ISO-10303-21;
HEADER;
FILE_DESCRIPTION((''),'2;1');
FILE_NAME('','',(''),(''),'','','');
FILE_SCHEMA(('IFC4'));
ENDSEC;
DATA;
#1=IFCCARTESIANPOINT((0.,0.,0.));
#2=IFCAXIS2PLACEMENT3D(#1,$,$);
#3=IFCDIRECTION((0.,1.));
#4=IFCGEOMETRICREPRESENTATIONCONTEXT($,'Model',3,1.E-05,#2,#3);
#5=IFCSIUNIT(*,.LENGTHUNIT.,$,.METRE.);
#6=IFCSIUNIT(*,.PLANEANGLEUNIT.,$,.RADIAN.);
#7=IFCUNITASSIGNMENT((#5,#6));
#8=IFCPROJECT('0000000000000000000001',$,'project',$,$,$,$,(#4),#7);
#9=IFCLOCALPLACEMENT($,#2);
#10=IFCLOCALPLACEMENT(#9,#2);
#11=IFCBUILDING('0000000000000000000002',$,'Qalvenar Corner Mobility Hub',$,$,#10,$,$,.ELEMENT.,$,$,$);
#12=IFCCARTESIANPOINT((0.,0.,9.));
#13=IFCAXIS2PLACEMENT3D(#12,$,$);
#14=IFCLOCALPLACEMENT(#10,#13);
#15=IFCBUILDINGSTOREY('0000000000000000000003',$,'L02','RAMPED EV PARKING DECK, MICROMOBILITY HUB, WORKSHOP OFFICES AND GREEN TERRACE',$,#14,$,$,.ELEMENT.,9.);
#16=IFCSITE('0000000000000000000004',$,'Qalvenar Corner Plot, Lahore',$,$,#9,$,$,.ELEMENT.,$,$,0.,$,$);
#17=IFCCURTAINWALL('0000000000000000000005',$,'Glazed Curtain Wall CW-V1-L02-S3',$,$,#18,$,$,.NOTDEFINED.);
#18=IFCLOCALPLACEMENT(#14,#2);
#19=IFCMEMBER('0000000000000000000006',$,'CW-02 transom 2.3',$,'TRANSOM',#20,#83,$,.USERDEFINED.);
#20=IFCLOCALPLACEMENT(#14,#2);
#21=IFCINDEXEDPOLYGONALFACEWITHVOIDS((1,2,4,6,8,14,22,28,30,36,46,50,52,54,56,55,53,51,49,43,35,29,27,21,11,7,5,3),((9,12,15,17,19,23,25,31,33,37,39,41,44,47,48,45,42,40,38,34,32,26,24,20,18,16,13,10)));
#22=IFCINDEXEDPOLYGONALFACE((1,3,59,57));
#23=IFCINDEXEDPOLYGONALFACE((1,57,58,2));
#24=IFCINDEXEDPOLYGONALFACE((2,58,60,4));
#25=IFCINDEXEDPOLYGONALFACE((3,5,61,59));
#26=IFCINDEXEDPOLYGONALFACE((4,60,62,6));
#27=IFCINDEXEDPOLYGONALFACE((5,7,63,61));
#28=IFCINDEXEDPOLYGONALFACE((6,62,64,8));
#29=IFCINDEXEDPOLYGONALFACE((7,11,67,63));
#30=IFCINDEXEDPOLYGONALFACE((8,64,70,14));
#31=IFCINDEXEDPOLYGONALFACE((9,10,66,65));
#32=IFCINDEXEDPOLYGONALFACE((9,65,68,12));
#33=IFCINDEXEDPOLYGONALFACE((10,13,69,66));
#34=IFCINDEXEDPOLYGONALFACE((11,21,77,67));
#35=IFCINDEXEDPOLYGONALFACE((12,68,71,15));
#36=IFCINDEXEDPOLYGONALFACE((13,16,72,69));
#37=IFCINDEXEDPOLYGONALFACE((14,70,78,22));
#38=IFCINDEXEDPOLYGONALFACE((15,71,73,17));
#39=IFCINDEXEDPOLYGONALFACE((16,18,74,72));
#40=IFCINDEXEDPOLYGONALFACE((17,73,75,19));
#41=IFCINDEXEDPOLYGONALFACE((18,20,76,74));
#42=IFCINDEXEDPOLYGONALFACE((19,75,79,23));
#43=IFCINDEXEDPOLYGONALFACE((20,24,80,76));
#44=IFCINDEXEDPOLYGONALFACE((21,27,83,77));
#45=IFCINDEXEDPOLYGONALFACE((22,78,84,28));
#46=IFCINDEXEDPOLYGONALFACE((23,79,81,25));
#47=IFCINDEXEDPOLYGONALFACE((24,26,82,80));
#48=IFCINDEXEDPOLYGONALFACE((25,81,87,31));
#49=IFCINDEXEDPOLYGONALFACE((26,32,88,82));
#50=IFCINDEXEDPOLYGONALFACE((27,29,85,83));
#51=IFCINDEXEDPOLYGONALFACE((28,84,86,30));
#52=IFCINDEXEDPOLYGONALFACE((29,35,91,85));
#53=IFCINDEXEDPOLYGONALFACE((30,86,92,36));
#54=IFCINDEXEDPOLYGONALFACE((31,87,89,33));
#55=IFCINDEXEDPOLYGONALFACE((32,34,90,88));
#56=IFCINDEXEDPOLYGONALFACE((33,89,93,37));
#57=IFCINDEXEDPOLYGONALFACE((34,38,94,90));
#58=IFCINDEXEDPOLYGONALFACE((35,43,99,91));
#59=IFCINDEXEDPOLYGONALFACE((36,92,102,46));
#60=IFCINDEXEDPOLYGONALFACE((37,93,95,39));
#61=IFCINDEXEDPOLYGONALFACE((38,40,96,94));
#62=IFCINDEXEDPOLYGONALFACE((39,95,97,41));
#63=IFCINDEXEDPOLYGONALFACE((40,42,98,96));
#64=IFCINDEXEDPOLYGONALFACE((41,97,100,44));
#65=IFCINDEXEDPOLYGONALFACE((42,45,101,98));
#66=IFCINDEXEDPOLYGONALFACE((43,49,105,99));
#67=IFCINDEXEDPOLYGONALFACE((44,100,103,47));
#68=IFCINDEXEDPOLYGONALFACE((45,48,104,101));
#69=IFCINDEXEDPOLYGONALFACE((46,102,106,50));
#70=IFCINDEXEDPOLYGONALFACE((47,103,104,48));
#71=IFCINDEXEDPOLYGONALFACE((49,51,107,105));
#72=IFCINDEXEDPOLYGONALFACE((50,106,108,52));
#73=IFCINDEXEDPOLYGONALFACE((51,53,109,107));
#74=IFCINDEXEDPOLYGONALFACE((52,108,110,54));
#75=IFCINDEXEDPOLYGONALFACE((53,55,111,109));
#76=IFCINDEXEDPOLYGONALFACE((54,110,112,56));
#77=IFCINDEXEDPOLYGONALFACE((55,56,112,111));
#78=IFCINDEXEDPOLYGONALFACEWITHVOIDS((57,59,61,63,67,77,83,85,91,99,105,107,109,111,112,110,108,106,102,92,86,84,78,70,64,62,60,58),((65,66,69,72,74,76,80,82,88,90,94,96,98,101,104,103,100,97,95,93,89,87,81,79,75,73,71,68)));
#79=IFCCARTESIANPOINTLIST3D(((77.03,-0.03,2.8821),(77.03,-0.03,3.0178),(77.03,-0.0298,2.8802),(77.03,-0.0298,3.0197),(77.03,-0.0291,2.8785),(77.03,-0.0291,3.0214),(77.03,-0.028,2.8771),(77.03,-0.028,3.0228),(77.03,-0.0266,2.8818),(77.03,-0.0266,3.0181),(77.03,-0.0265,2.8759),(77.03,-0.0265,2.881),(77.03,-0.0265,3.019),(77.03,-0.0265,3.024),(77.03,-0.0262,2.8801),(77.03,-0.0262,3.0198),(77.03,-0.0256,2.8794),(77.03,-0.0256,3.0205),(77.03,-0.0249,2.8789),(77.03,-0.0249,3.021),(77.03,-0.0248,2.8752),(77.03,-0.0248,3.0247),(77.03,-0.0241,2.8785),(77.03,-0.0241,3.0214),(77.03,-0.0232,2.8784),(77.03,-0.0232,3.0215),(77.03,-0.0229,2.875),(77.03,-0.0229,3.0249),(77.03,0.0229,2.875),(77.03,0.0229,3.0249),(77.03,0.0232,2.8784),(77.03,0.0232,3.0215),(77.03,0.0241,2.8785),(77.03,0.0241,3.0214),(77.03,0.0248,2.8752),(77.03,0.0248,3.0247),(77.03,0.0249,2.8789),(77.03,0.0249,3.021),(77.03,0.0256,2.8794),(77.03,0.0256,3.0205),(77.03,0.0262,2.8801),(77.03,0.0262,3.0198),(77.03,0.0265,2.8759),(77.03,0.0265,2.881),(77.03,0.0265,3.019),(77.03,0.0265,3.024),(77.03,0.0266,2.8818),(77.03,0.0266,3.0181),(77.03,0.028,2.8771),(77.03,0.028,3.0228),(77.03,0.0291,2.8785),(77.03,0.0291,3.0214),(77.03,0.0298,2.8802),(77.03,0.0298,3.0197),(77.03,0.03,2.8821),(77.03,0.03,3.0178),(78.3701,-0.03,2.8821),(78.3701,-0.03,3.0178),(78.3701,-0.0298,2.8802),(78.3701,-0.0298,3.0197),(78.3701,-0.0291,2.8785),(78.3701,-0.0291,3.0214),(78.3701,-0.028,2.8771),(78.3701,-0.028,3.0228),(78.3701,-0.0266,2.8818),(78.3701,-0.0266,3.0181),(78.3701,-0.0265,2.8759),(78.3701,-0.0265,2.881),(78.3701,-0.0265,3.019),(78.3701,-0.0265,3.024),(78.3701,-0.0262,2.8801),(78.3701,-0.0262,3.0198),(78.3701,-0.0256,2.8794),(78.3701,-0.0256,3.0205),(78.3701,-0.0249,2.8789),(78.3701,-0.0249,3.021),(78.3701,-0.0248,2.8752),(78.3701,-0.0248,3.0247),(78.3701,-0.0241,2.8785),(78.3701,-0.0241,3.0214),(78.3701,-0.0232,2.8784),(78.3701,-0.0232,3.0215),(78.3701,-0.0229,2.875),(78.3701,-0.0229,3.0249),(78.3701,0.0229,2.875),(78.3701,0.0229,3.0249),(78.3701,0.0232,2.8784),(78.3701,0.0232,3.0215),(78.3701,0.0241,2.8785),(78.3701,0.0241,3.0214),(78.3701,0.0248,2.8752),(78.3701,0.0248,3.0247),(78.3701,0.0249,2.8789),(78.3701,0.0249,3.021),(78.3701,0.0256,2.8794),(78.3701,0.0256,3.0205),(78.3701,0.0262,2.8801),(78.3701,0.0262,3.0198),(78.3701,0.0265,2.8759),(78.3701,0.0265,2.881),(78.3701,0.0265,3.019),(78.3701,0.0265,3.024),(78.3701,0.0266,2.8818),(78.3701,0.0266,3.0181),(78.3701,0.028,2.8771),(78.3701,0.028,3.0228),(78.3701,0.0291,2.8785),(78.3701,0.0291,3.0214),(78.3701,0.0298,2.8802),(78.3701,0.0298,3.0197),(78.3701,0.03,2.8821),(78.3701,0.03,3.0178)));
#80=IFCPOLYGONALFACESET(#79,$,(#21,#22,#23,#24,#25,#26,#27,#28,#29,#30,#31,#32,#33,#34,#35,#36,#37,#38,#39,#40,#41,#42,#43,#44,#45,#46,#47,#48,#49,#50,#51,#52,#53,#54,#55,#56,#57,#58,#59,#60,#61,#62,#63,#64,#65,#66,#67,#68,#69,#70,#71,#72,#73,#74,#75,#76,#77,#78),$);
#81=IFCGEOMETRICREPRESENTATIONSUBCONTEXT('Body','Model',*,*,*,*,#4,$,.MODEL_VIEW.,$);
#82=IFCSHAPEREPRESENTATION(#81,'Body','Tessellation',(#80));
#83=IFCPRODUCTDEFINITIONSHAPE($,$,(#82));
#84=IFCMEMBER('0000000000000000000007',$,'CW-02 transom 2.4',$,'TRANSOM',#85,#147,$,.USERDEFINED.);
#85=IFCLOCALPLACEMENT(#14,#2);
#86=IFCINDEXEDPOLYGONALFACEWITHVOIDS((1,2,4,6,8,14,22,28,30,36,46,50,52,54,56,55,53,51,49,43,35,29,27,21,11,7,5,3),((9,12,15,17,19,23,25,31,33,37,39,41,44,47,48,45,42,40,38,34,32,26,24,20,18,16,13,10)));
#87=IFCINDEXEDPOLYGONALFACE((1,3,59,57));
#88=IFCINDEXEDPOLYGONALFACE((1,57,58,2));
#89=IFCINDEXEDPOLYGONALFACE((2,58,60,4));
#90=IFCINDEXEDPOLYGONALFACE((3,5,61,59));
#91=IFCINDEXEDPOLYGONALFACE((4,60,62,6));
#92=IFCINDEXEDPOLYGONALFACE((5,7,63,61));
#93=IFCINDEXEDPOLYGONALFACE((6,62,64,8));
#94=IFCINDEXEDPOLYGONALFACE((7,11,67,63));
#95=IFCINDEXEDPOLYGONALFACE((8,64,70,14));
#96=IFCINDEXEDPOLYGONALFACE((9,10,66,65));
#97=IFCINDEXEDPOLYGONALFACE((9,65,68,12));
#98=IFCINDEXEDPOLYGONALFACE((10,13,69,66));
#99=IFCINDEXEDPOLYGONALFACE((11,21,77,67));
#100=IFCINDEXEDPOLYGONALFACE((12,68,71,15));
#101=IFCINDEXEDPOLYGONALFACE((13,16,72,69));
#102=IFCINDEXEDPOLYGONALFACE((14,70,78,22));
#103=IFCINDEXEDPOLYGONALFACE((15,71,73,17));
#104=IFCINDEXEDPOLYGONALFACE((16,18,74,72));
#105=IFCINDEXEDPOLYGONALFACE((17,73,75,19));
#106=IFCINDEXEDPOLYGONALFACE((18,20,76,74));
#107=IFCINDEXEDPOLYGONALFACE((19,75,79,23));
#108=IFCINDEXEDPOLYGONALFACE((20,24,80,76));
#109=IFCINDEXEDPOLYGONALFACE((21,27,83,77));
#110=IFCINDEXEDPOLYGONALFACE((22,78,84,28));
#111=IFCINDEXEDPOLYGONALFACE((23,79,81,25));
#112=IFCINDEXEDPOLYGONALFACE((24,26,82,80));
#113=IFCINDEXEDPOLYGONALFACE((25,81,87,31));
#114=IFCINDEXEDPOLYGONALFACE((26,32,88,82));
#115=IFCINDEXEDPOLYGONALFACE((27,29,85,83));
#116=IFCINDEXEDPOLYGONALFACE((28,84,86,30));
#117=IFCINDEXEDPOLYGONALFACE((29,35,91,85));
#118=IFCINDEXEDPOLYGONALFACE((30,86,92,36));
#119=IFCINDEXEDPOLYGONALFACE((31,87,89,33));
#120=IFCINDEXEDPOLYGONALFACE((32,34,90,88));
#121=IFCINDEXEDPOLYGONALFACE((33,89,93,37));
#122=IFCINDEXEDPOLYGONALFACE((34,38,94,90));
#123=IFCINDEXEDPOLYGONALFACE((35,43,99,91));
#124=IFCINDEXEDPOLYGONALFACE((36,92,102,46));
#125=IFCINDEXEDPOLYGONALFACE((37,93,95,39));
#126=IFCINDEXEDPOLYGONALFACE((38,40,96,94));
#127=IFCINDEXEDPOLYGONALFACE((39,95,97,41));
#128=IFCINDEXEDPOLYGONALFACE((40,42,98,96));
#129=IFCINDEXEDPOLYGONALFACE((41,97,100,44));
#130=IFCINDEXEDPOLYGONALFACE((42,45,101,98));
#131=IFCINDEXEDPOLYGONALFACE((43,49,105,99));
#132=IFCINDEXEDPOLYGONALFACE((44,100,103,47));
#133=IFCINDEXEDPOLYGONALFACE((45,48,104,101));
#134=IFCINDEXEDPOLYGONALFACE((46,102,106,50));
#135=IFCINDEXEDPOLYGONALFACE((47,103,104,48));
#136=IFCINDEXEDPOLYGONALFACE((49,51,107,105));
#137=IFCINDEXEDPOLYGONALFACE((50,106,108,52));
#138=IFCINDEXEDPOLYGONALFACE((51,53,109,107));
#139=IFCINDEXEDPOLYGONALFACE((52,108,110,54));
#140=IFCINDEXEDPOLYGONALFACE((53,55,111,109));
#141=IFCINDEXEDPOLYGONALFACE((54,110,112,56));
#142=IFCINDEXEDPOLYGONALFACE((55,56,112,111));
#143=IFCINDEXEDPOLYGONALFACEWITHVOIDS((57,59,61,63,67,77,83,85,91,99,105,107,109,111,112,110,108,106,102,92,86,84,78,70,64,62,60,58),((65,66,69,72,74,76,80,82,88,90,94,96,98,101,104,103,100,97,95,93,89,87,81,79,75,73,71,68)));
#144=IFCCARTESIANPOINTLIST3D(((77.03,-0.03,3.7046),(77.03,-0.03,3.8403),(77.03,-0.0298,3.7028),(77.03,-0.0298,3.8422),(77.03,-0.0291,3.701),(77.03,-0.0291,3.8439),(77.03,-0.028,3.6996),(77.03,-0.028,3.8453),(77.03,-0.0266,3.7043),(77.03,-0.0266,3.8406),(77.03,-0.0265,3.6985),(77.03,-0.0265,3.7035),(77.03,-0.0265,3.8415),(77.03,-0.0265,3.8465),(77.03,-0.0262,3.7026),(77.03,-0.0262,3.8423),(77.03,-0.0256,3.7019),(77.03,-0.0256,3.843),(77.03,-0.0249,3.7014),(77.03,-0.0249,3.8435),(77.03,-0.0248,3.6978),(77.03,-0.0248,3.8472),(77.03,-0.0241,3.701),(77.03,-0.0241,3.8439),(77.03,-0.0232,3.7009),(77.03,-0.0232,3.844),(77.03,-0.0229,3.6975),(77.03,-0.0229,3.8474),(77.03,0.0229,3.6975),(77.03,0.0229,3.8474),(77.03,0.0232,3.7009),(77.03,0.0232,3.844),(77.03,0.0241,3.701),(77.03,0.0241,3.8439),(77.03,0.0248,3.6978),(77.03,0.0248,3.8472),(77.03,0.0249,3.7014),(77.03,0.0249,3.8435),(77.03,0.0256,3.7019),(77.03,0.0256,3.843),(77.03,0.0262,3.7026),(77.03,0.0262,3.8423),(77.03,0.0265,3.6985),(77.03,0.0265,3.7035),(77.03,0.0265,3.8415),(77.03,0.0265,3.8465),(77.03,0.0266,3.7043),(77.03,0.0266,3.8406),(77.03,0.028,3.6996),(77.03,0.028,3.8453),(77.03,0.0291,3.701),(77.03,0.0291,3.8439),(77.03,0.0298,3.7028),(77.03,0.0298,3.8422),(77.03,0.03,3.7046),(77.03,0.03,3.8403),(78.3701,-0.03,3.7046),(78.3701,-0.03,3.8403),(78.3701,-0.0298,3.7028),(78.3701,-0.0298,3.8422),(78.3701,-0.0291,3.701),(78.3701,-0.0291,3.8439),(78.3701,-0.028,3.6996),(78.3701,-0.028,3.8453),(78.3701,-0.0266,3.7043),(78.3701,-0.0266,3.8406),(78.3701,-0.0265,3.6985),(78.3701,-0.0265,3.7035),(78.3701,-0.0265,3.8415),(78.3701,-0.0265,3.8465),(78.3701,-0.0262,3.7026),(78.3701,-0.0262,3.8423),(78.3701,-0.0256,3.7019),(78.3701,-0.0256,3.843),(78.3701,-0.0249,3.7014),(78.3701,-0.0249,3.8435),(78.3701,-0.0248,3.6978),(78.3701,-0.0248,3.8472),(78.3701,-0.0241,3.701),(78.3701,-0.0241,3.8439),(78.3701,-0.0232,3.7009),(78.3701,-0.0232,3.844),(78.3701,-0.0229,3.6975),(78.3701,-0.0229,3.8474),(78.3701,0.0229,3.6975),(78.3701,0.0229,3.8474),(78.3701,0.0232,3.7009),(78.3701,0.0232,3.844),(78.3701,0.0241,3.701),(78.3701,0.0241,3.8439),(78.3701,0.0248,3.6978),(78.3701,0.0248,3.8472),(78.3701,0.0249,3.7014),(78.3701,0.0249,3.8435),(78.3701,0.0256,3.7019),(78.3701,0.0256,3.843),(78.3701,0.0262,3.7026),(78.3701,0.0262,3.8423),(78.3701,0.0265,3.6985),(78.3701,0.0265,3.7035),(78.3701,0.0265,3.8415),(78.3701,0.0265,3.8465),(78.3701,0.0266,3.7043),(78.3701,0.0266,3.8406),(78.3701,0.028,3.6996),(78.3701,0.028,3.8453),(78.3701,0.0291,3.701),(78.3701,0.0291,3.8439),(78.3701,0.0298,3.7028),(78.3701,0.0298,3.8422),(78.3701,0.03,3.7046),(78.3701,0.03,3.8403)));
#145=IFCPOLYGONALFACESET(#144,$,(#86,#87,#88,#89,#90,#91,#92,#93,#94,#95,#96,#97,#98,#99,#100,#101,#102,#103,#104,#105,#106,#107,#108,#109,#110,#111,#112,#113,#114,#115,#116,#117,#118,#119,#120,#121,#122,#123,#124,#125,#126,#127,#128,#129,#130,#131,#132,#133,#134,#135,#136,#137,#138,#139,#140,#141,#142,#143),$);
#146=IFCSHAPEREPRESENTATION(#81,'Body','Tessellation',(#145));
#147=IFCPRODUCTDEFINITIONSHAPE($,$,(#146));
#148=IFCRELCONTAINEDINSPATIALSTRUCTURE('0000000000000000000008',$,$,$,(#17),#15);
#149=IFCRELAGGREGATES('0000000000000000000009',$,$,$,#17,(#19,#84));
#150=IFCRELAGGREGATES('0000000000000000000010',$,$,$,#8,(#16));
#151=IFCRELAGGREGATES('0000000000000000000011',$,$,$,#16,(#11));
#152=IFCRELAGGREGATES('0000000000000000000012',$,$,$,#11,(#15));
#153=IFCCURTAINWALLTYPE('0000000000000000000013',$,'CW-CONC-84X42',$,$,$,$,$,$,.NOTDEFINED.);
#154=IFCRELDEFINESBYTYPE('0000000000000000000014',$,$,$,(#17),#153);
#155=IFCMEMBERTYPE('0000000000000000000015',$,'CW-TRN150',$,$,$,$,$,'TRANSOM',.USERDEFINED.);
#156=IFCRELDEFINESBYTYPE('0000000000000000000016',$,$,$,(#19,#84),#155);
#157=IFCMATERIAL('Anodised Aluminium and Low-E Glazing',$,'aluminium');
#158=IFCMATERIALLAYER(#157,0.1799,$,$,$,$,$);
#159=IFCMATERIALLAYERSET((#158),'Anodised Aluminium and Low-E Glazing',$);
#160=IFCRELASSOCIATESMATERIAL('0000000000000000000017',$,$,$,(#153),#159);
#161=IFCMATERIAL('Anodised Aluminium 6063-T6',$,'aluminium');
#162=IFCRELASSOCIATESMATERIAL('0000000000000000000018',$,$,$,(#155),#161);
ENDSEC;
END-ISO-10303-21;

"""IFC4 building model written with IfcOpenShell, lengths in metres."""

from ifc_helpers import new_model, si_unit, direction, frame, origin, origin_2d, place, context, subcontext, project, spatial, hollow_rectangle, extrude, material, layer, layer_set, material_profile, profile_set, type_object, element, aggregate, save


model = new_model("IFC4")

# Units and contexts
model_context = context("Model", 3, precision=1e-05, world=origin(), true_north=direction((0.0, 1.0)))
body_context = subcontext(model_context, "Body", "Model", "MODEL_VIEW")
ifc_project = project(units=[si_unit("LENGTHUNIT", "METRE"), si_unit("PLANEANGLEUNIT", "RADIAN")], contexts=[model_context])

# Site, building, storey
site_placement = place(None, origin())
site = spatial("IfcSite", under=ifc_project, at=site_placement, Name="Qalvenar Corner Plot, Lahore", CompositionType="ELEMENT", RefElevation=0.0)
building_placement = place(site_placement, origin())
building = spatial("IfcBuilding", under=site, at=building_placement, Name="Qalvenar Corner Mobility Hub", CompositionType="ELEMENT")
storey_placement = place(building_placement, frame((0.0, 0.0, 9.0)))
storey = spatial("IfcBuildingStorey", under=building, at=storey_placement, Name="L02", Description="RAMPED EV PARKING DECK, MICROMOBILITY HUB, WORKSHOP OFFICES AND GREEN TERRACE", CompositionType="ELEMENT", Elevation=9.0)

# Curtain wall, members
ifc_material_1 = material(Name="Anodised Aluminium and Low-E Glazing", Category="aluminium")
ifc_layer_1 = layer(ifc_material_1, 0.1799)
ifc_layer_set_1 = layer_set([ifc_layer_1], Name="Anodised Aluminium and Low-E Glazing")
curtain_wall_type = type_object("IfcCurtainWallType", Name="CW-CONC-84X42", PredefinedType="NOTDEFINED", material=ifc_layer_set_1)
curtain_wall_placement = place(storey_placement, origin())
curtain_wall = element("IfcCurtainWall", 1, at=curtain_wall_placement, inside=storey, type_object=curtain_wall_type, Name="Glazed Curtain Wall CW-V1-L02-S3", PredefinedType="NOTDEFINED")
ifc_material_2 = material(Name="Anodised Aluminium 6063-T6", Category="aluminium")
ifc_material_profile_1 = material_profile(ifc_material_2, hollow_rectangle(XDim=0.0601, YDim=0.1499, WallThickness=0.0034, InnerFilletRadius=0.0034, OuterFilletRadius=0.0071, at=origin_2d()), Name="RHS150x60x3.5")
ifc_profile_set_1 = profile_set([ifc_material_profile_1], Name="Anodised Aluminium 6063-T6")
member_type_1 = type_object("IfcMemberType", Name="CW-TRN150", ElementType="TRANSOM", PredefinedType="USERDEFINED", material=ifc_profile_set_1)
member_1_placement = place(storey_placement, frame((77.03, 0.0, 2.95), z_axis=(1.0, 0.0, 0.0), x_axis=(0.0, 1.0, 0.0)))
member_1 = element("IfcMember", 2, at=member_1_placement, type_object=member_type_1, Name="CW-02 transom 2.3", ObjectType="TRANSOM", PredefinedType="USERDEFINED", context=body_context, shape_type="SweptSolid", body=[
    extrude(hollow_rectangle(XDim=0.0601, YDim=0.1499, WallThickness=0.0034, InnerFilletRadius=0.0034, OuterFilletRadius=0.0071, at=origin_2d()), origin(), (0.0, 0.0, 1.0), 1.3401),
])
member_2_placement = place(storey_placement, frame((77.03, 0.0, 3.7725), z_axis=(1.0, 0.0, 0.0), x_axis=(0.0, 1.0, 0.0)))
member_2 = element("IfcMember", 3, at=member_2_placement, type_object=member_type_1, Name="CW-02 transom 2.4", ObjectType="TRANSOM", PredefinedType="USERDEFINED", context=body_context, shape_type="SweptSolid", body=[
    extrude(hollow_rectangle(XDim=0.0601, YDim=0.1499, WallThickness=0.0034, InnerFilletRadius=0.0034, OuterFilletRadius=0.0071, at=origin_2d()), origin(), (0.0, 0.0, 1.0), 1.3401),
])
aggregate(curtain_wall, [member_1, member_2])

save(model, "model.ifc")
